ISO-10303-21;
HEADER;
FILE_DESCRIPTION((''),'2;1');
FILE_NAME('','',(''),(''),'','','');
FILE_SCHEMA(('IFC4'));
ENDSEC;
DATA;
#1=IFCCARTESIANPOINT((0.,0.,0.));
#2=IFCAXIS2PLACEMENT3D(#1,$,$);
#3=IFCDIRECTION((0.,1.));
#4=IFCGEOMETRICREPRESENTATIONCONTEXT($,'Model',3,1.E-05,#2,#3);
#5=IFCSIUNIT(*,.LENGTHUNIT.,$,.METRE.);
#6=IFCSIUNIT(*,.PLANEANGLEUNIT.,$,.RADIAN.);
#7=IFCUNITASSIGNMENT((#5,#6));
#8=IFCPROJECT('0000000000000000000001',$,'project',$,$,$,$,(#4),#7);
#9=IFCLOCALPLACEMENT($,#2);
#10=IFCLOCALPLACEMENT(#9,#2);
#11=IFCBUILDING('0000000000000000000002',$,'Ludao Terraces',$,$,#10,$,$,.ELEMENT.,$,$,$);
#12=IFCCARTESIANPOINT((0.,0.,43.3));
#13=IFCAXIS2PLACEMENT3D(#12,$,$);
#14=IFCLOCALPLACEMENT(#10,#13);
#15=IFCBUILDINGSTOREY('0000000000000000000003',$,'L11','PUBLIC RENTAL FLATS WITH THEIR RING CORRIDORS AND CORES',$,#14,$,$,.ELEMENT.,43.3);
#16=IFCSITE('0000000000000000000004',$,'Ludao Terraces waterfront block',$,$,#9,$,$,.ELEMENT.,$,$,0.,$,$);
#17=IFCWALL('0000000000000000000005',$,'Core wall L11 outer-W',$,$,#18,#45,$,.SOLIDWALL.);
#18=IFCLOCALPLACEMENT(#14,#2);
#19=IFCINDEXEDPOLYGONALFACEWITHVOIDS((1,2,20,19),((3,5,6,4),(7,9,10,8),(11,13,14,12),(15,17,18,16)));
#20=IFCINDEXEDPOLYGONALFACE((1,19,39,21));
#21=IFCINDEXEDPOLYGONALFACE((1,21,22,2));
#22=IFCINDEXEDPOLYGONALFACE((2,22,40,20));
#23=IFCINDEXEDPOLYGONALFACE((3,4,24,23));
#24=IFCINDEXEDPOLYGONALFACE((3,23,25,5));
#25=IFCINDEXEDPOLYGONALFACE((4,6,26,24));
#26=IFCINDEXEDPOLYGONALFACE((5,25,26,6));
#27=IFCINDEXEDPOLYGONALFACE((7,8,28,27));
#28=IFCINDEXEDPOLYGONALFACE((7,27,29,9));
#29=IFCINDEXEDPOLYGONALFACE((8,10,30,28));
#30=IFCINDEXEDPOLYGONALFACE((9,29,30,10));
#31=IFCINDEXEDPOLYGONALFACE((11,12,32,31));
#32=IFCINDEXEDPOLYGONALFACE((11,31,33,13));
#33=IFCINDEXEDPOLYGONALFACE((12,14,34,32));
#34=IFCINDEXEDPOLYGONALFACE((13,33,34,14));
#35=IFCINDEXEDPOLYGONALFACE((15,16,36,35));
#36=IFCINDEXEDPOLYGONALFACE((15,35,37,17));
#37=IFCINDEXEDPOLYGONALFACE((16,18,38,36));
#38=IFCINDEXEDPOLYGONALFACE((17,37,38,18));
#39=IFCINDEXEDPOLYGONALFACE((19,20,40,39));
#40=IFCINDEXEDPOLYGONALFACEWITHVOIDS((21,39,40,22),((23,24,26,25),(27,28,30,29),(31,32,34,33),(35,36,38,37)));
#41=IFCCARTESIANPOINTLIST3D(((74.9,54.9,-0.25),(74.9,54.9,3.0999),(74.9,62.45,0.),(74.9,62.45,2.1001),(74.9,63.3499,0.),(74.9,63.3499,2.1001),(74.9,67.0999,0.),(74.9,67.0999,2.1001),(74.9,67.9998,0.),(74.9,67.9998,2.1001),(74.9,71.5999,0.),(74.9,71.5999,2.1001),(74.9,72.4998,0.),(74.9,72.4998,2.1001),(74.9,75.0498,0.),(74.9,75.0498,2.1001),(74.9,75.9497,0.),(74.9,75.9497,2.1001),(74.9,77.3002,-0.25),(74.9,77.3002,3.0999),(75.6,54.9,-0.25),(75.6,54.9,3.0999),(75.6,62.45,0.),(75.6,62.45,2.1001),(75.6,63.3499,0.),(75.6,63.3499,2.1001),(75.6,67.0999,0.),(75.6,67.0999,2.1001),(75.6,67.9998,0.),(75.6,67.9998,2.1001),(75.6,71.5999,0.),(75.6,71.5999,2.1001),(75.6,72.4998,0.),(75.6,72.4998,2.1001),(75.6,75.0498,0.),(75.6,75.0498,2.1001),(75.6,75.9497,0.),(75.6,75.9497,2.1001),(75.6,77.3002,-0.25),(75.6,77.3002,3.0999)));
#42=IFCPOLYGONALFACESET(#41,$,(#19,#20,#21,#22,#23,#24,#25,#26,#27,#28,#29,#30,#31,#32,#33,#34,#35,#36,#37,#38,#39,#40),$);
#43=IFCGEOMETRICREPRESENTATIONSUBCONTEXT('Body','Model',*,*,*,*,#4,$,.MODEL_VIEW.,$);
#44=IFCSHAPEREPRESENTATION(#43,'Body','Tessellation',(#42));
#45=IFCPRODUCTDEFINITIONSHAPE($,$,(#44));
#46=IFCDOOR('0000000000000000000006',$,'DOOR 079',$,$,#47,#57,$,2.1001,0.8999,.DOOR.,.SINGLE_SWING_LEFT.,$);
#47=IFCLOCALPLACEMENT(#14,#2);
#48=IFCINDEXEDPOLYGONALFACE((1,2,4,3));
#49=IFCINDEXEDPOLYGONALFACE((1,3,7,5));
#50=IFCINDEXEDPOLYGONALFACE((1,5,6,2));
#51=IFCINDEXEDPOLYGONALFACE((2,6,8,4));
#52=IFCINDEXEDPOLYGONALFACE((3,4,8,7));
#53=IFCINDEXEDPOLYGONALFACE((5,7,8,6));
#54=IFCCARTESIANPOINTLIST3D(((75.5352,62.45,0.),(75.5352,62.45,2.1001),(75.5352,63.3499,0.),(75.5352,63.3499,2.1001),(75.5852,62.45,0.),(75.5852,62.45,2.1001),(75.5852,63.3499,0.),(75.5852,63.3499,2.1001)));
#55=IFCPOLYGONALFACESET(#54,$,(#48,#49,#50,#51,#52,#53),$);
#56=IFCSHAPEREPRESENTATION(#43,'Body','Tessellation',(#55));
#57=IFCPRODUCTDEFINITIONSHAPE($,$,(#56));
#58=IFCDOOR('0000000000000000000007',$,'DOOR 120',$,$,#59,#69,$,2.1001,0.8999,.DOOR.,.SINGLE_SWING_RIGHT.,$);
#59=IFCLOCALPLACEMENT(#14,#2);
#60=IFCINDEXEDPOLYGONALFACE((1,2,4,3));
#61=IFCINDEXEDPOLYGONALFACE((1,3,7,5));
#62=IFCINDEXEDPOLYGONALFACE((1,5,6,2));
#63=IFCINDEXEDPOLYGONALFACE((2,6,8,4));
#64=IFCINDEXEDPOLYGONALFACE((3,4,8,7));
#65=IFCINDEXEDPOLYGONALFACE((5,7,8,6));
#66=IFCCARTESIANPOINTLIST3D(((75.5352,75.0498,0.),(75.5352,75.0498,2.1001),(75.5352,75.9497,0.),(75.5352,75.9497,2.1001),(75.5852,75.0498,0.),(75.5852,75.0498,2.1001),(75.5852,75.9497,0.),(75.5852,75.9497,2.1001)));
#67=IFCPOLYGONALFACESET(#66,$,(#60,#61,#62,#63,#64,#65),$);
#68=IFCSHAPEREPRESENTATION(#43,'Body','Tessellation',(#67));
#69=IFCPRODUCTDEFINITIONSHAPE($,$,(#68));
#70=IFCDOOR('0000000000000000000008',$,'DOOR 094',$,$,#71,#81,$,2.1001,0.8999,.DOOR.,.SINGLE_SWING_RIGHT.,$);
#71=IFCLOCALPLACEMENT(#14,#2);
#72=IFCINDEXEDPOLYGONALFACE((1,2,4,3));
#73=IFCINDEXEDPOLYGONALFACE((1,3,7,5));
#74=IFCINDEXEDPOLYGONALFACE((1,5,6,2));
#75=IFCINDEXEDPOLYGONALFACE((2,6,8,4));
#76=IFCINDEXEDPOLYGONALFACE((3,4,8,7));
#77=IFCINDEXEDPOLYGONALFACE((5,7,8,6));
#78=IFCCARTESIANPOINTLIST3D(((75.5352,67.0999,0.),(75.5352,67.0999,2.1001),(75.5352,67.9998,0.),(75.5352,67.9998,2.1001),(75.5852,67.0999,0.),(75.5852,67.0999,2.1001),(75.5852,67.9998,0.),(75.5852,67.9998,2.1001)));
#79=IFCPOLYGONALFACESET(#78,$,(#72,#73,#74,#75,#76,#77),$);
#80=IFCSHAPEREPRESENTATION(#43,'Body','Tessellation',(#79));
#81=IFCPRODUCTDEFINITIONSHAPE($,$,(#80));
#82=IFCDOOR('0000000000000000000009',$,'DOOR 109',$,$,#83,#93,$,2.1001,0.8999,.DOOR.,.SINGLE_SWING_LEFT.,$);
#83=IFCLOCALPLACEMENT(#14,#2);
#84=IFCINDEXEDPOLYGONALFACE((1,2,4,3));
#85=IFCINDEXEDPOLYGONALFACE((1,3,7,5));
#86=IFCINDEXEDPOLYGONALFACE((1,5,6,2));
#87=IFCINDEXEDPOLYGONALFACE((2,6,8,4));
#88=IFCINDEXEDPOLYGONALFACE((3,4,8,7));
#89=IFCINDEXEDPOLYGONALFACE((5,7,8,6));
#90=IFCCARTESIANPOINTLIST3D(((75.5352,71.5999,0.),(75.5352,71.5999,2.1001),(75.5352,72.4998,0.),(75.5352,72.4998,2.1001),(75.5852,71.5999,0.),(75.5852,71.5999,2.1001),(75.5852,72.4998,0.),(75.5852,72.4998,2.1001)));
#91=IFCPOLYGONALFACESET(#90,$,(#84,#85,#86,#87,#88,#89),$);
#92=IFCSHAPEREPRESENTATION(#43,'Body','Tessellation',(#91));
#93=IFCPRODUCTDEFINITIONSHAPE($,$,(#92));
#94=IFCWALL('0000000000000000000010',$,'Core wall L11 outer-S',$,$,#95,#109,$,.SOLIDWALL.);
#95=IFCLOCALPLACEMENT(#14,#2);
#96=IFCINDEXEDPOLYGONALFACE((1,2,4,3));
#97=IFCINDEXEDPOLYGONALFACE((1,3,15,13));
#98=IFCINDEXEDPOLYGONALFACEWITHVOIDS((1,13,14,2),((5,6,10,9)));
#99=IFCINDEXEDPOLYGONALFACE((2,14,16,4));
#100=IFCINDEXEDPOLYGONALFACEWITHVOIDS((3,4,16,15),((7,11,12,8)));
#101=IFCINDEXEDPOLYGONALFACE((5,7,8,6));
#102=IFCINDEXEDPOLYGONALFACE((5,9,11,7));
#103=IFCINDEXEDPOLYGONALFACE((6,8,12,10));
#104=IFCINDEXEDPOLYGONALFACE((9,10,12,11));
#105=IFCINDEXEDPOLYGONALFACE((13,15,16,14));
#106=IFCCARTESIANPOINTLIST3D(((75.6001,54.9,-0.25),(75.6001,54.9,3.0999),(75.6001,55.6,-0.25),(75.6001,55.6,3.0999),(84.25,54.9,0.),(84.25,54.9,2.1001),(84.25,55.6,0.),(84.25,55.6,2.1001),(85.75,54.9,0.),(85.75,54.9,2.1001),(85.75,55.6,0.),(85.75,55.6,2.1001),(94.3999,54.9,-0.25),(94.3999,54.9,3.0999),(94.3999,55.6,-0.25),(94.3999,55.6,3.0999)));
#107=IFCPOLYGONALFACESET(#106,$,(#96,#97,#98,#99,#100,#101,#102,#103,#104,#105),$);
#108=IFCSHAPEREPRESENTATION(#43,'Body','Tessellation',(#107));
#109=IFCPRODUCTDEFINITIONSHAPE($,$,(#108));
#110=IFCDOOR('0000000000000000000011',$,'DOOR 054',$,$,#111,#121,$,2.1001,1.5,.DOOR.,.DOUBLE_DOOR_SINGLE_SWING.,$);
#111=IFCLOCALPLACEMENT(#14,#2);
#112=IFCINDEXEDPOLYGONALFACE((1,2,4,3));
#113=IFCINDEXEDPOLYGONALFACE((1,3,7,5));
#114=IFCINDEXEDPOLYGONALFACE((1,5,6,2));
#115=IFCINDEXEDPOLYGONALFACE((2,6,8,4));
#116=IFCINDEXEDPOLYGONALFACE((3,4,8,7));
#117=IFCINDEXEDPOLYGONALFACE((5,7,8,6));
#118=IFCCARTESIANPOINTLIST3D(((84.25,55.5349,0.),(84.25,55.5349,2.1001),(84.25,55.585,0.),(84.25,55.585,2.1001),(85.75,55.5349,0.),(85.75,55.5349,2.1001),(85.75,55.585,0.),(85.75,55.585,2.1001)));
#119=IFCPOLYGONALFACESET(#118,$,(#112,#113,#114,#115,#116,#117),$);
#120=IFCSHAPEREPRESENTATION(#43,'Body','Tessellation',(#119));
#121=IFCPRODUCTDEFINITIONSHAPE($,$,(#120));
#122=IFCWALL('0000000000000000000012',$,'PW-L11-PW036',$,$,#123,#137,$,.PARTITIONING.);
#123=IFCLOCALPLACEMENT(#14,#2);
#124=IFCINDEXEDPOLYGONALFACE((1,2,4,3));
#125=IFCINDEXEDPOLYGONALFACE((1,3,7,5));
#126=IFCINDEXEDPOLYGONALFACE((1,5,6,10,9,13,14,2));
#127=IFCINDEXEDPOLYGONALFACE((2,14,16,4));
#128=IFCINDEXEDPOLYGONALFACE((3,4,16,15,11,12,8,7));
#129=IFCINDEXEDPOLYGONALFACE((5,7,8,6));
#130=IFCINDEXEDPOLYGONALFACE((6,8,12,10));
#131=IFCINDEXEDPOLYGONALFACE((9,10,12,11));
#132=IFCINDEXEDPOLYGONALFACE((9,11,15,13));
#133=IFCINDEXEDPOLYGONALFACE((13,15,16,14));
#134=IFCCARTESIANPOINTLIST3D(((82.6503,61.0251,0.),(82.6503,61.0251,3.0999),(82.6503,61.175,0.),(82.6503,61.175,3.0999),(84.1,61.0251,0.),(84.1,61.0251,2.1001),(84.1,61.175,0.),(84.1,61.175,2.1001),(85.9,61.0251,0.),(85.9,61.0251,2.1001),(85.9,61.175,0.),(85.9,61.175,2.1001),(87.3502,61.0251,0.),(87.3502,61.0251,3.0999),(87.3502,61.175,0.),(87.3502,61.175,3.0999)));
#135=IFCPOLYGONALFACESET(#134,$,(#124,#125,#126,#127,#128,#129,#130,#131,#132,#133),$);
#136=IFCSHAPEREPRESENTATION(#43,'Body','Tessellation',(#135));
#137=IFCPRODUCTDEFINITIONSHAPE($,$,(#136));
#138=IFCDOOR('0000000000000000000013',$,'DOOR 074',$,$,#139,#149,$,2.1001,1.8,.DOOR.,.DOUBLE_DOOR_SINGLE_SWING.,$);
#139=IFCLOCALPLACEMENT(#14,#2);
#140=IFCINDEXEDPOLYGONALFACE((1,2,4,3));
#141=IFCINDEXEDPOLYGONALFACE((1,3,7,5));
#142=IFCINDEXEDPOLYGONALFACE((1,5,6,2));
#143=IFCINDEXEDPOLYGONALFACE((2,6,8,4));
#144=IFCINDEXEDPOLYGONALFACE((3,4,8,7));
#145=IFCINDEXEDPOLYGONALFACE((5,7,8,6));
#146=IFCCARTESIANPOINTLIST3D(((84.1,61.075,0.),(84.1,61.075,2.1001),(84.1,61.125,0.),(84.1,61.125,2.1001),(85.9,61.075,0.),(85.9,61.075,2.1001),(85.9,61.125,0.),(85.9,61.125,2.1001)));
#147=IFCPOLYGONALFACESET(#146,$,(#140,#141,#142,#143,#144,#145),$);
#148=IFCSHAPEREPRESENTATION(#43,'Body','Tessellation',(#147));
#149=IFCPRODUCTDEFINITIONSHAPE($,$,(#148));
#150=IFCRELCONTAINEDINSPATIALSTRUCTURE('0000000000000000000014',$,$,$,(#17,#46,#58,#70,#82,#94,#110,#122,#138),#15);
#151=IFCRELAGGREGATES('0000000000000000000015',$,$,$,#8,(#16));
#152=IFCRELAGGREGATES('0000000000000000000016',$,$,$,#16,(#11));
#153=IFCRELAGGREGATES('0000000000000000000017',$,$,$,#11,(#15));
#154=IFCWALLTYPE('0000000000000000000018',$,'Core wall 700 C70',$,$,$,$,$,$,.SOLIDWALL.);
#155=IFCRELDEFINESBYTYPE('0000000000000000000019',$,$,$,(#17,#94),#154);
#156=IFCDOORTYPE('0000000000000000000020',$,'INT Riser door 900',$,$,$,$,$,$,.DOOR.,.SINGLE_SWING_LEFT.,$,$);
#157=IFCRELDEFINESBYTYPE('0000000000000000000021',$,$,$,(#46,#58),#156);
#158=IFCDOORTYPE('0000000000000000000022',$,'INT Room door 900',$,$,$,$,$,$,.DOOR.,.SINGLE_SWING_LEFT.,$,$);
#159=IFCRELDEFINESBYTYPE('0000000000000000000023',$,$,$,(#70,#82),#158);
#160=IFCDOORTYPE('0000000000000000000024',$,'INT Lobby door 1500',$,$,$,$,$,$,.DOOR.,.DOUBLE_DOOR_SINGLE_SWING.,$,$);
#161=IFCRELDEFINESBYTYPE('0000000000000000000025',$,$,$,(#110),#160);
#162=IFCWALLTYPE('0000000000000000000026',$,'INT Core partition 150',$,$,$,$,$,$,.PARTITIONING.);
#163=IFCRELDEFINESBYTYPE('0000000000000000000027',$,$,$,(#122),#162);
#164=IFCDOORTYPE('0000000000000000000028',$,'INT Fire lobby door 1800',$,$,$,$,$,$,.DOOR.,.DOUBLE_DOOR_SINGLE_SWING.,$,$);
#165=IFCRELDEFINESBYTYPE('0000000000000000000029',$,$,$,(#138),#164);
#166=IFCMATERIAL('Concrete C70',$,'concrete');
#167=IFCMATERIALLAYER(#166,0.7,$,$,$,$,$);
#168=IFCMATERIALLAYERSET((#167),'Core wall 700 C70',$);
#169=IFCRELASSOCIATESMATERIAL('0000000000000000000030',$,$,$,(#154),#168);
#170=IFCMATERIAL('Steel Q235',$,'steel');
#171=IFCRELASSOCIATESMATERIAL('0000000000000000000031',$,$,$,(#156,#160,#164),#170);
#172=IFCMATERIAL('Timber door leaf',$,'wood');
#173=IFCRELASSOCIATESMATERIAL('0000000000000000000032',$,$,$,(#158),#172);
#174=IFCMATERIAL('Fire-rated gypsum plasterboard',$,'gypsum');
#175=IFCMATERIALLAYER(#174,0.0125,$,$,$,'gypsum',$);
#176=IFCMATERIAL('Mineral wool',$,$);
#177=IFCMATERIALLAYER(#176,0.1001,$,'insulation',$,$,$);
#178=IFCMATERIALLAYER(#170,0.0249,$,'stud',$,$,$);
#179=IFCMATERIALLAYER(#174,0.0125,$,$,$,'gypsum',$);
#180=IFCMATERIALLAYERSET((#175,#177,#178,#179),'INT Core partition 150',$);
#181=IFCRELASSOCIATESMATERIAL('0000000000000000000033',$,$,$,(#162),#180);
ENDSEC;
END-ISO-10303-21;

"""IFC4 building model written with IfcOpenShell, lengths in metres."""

from ifc_helpers import new_model, si_unit, direction, frame, frame_2d, origin, place, context, subcontext, project, spatial, rectangle, extrude, material, layer, layer_set, type_object, element, fill, save


model = new_model("IFC4")

# Units and contexts
model_context = context("Model", 3, precision=1e-05, world=origin(), true_north=direction((0.0, 1.0)))
body_context = subcontext(model_context, "Body", "Model", "MODEL_VIEW")
ifc_project = project(units=[si_unit("LENGTHUNIT", "METRE"), si_unit("PLANEANGLEUNIT", "RADIAN")], contexts=[model_context])

# Site, building, storey
site_placement = place(None, origin())
site = spatial("IfcSite", under=ifc_project, at=site_placement, Name="Ludao Terraces waterfront block", CompositionType="ELEMENT", RefElevation=0.0)
building_placement = place(site_placement, origin())
building = spatial("IfcBuilding", under=site, at=building_placement, Name="Ludao Terraces", CompositionType="ELEMENT")
storey_placement = place(building_placement, frame((0.0, 0.0, 43.3)))
storey = spatial("IfcBuildingStorey", under=building, at=storey_placement, Name="L11", Description="PUBLIC RENTAL FLATS WITH THEIR RING CORRIDORS AND CORES", CompositionType="ELEMENT", Elevation=43.3)

# Wall, openings, doors
ifc_material_1 = material(Name="Concrete C70", Category="concrete")
ifc_layer_1 = layer(ifc_material_1, 0.7)
ifc_layer_set_1 = layer_set([ifc_layer_1], Name="Core wall 700 C70")
wall_type_1 = type_object("IfcWallType", Name="Core wall 700 C70", PredefinedType="SOLIDWALL", material=ifc_layer_set_1)
wall_1_placement = place(storey_placement, frame((75.25, 54.8999, -0.25), z_axis=(0.0, 0.0, 1.0), x_axis=(0.0, 1.0, 0.0)))
wall_1 = element("IfcWall", 1, at=wall_1_placement, inside=storey, type_object=wall_type_1, Name="Core wall L11 outer-W", PredefinedType="SOLIDWALL", context=body_context, shape_type="SweptSolid", body=[
    extrude(rectangle(XDim=22.4001, YDim=0.7, at=frame_2d((11.2002, 0.0))), origin(), (0.0, 0.0, 1.0), 3.3499),
])
opening_1_placement = place(wall_1_placement, frame((7.55, 0.0, 0.25)))
opening_1 = element("IfcOpeningElement", 2, at=opening_1_placement, cuts=wall_1, PredefinedType="OPENING", context=body_context, shape_type="SweptSolid", body=[
    extrude(rectangle(XDim=0.8999, YDim=2.1001, at=frame_2d((0.45, 1.05))), frame((0.0, 0.3599, 0.0), z_axis=(0.0, -1.0, 0.0), x_axis=(1.0, 0.0, 0.0)), (0.0, 0.0, 1.0), 0.72),
])
opening_2_placement = place(wall_1_placement, frame((12.2, 0.0, 0.25)))
opening_2 = element("IfcOpeningElement", 3, at=opening_2_placement, cuts=wall_1, PredefinedType="OPENING", context=body_context, shape_type="SweptSolid", body=[
    extrude(rectangle(XDim=0.8999, YDim=2.1001, at=frame_2d((0.45, 1.05))), frame((0.0, 0.3599, 0.0), z_axis=(0.0, -1.0, 0.0), x_axis=(1.0, 0.0, 0.0)), (0.0, 0.0, 1.0), 0.72),
])
opening_3_placement = place(wall_1_placement, frame((16.7, 0.0, 0.25)))
opening_3 = element("IfcOpeningElement", 4, at=opening_3_placement, cuts=wall_1, PredefinedType="OPENING", context=body_context, shape_type="SweptSolid", body=[
    extrude(rectangle(XDim=0.8999, YDim=2.1001, at=frame_2d((0.45, 1.05))), frame((0.0, 0.3599, 0.0), z_axis=(0.0, -1.0, 0.0), x_axis=(1.0, 0.0, 0.0)), (0.0, 0.0, 1.0), 0.72),
])
opening_4_placement = place(wall_1_placement, frame((20.1499, 0.0, 0.25)))
opening_4 = element("IfcOpeningElement", 5, at=opening_4_placement, cuts=wall_1, PredefinedType="OPENING", context=body_context, shape_type="SweptSolid", body=[
    extrude(rectangle(XDim=0.8999, YDim=2.1001, at=frame_2d((0.45, 1.05))), frame((0.0, 0.3599, 0.0), z_axis=(0.0, -1.0, 0.0), x_axis=(1.0, 0.0, 0.0)), (0.0, 0.0, 1.0), 0.72),
])
ifc_material_2 = material(Name="Steel Q235", Category="steel")
door_type_1 = type_object("IfcDoorType", Name="INT Riser door 900", OperationType="SINGLE_SWING_LEFT", PredefinedType="DOOR", material=ifc_material_2)
door_1_placement = place(opening_1_placement, origin())
door_1 = element("IfcDoor", 6, at=door_1_placement, inside=storey, type_object=door_type_1, Name="DOOR 079", OperationType="SINGLE_SWING_LEFT", OverallHeight=2.1001, OverallWidth=0.8999, PredefinedType="DOOR", context=body_context, shape_type="SweptSolid", body=[
    extrude(rectangle(XDim=0.8999, YDim=2.1001, at=frame_2d((0.45, 1.05))), frame((0.0, -0.2852, 0.0), z_axis=(0.0, -1.0, 0.0), x_axis=(1.0, 0.0, 0.0)), (0.0, 0.0, 1.0), 0.05),
])
fill(opening_1, door_1)
door_2_placement = place(opening_4_placement, origin())
door_2 = element("IfcDoor", 7, at=door_2_placement, inside=storey, type_object=door_type_1, Name="DOOR 120", OperationType="SINGLE_SWING_RIGHT", OverallHeight=2.1001, OverallWidth=0.8999, PredefinedType="DOOR", context=body_context, shape_type="SweptSolid", body=[
    extrude(rectangle(XDim=0.8999, YDim=2.1001, at=frame_2d((0.45, 1.05))), frame((0.0, -0.2852, 0.0), z_axis=(0.0, -1.0, 0.0), x_axis=(1.0, 0.0, 0.0)), (0.0, 0.0, 1.0), 0.05),
])
fill(opening_4, door_2)
ifc_material_3 = material(Name="Timber door leaf", Category="wood")
door_type_2 = type_object("IfcDoorType", Name="INT Room door 900", OperationType="SINGLE_SWING_LEFT", PredefinedType="DOOR", material=ifc_material_3)
door_3_placement = place(opening_2_placement, origin())
door_3 = element("IfcDoor", 8, at=door_3_placement, inside=storey, type_object=door_type_2, Name="DOOR 094", OperationType="SINGLE_SWING_RIGHT", OverallHeight=2.1001, OverallWidth=0.8999, PredefinedType="DOOR", context=body_context, shape_type="SweptSolid", body=[
    extrude(rectangle(XDim=0.8999, YDim=2.1001, at=frame_2d((0.45, 1.05))), frame((0.0, -0.2852, 0.0), z_axis=(0.0, -1.0, 0.0), x_axis=(1.0, 0.0, 0.0)), (0.0, 0.0, 1.0), 0.05),
])
fill(opening_2, door_3)
door_4_placement = place(opening_3_placement, origin())
door_4 = element("IfcDoor", 9, at=door_4_placement, inside=storey, type_object=door_type_2, Name="DOOR 109", OperationType="SINGLE_SWING_LEFT", OverallHeight=2.1001, OverallWidth=0.8999, PredefinedType="DOOR", context=body_context, shape_type="SweptSolid", body=[
    extrude(rectangle(XDim=0.8999, YDim=2.1001, at=frame_2d((0.45, 1.05))), frame((0.0, -0.2852, 0.0), z_axis=(0.0, -1.0, 0.0), x_axis=(1.0, 0.0, 0.0)), (0.0, 0.0, 1.0), 0.05),
])
fill(opening_3, door_4)

# Walls, openings, doors
wall_2_placement = place(storey_placement, frame((75.6001, 55.25, -0.25), z_axis=(0.0, 0.0, 1.0), x_axis=(1.0, 0.0, 0.0)))
wall_2 = element("IfcWall", 10, at=wall_2_placement, inside=storey, type_object=wall_type_1, Name="Core wall L11 outer-S", PredefinedType="SOLIDWALL", context=body_context, shape_type="SweptSolid", body=[
    extrude(rectangle(XDim=18.7998, YDim=0.7, at=frame_2d((9.3999, 0.0))), origin(), (0.0, 0.0, 1.0), 3.3499),
])
opening_5_placement = place(wall_2_placement, frame((8.6499, 0.0, 0.25)))
opening_5 = element("IfcOpeningElement", 11, at=opening_5_placement, cuts=wall_2, PredefinedType="OPENING", context=body_context, shape_type="SweptSolid", body=[
    extrude(rectangle(XDim=1.5, YDim=2.1001, at=frame_2d((0.75, 1.05))), frame((0.0, 0.3599, 0.0), z_axis=(0.0, -1.0, 0.0), x_axis=(1.0, 0.0, 0.0)), (0.0, 0.0, 1.0), 0.72),
])
door_type_3 = type_object("IfcDoorType", Name="INT Lobby door 1500", OperationType="DOUBLE_DOOR_SINGLE_SWING", PredefinedType="DOOR", material=ifc_material_2)
door_5_placement = place(opening_5_placement, origin())
door_5 = element("IfcDoor", 12, at=door_5_placement, inside=storey, type_object=door_type_3, Name="DOOR 054", OperationType="DOUBLE_DOOR_SINGLE_SWING", OverallHeight=2.1001, OverallWidth=1.5, PredefinedType="DOOR", context=body_context, shape_type="SweptSolid", body=[
    extrude(rectangle(XDim=1.5, YDim=2.1001, at=frame_2d((0.75, 1.05))), frame((0.0, 0.335, 0.0), z_axis=(0.0, -1.0, 0.0), x_axis=(1.0, 0.0, 0.0)), (0.0, 0.0, 1.0), 0.05),
])
fill(opening_5, door_5)
ifc_material_4 = material(Name="Fire-rated gypsum plasterboard", Category="gypsum")
ifc_layer_2 = layer(ifc_material_4, 0.0125, Category="gypsum")
ifc_material_5 = material(Name="Mineral wool")
ifc_layer_3 = layer(ifc_material_5, 0.1001, Name="insulation")
ifc_layer_4 = layer(ifc_material_2, 0.0249, Name="stud")
ifc_layer_5 = layer(ifc_material_4, 0.0125, Category="gypsum")
ifc_layer_set_2 = layer_set([ifc_layer_2, ifc_layer_3, ifc_layer_4, ifc_layer_5], Name="INT Core partition 150")
wall_type_2 = type_object("IfcWallType", Name="INT Core partition 150", PredefinedType="PARTITIONING", material=ifc_layer_set_2)
wall_3_placement = place(storey_placement, frame((82.6501, 61.1001, 0.0), z_axis=(0.0, 0.0, 1.0), x_axis=(1.0, 0.0, 0.0)))
wall_3 = element("IfcWall", 13, at=wall_3_placement, inside=storey, type_object=wall_type_2, Name="PW-L11-PW036", PredefinedType="PARTITIONING", context=body_context, shape_type="SweptSolid", body=[
    extrude(rectangle(XDim=4.7, YDim=0.1499, at=frame_2d((2.3501, 0.0))), origin(), (0.0, 0.0, 1.0), 3.0999),
])
opening_6_placement = place(wall_3_placement, frame((1.45, 0.0, 0.0)))
opening_6 = element("IfcOpeningElement", 14, at=opening_6_placement, cuts=wall_3, PredefinedType="OPENING", context=body_context, shape_type="SweptSolid", body=[
    extrude(rectangle(XDim=1.8, YDim=2.1001, at=frame_2d((0.8999, 1.05))), frame((0.0, 0.085, 0.0), z_axis=(0.0, -1.0, 0.0), x_axis=(1.0, 0.0, 0.0)), (0.0, 0.0, 1.0), 0.1699),
])
door_type_4 = type_object("IfcDoorType", Name="INT Fire lobby door 1800", OperationType="DOUBLE_DOOR_SINGLE_SWING", PredefinedType="DOOR", material=ifc_material_2)
door_6_placement = place(opening_6_placement, origin())
door_6 = element("IfcDoor", 15, at=door_6_placement, inside=storey, type_object=door_type_4, Name="DOOR 074", OperationType="DOUBLE_DOOR_SINGLE_SWING", OverallHeight=2.1001, OverallWidth=1.8, PredefinedType="DOOR", context=body_context, shape_type="SweptSolid", body=[
    extrude(rectangle(XDim=1.8, YDim=2.1001, at=frame_2d((0.8999, 1.05))), frame((0.0, 0.0249, 0.0), z_axis=(0.0, -1.0, 0.0), x_axis=(1.0, 0.0, 0.0)), (0.0, 0.0, 1.0), 0.05),
])
fill(opening_6, door_6)

save(model, "model.ifc")
